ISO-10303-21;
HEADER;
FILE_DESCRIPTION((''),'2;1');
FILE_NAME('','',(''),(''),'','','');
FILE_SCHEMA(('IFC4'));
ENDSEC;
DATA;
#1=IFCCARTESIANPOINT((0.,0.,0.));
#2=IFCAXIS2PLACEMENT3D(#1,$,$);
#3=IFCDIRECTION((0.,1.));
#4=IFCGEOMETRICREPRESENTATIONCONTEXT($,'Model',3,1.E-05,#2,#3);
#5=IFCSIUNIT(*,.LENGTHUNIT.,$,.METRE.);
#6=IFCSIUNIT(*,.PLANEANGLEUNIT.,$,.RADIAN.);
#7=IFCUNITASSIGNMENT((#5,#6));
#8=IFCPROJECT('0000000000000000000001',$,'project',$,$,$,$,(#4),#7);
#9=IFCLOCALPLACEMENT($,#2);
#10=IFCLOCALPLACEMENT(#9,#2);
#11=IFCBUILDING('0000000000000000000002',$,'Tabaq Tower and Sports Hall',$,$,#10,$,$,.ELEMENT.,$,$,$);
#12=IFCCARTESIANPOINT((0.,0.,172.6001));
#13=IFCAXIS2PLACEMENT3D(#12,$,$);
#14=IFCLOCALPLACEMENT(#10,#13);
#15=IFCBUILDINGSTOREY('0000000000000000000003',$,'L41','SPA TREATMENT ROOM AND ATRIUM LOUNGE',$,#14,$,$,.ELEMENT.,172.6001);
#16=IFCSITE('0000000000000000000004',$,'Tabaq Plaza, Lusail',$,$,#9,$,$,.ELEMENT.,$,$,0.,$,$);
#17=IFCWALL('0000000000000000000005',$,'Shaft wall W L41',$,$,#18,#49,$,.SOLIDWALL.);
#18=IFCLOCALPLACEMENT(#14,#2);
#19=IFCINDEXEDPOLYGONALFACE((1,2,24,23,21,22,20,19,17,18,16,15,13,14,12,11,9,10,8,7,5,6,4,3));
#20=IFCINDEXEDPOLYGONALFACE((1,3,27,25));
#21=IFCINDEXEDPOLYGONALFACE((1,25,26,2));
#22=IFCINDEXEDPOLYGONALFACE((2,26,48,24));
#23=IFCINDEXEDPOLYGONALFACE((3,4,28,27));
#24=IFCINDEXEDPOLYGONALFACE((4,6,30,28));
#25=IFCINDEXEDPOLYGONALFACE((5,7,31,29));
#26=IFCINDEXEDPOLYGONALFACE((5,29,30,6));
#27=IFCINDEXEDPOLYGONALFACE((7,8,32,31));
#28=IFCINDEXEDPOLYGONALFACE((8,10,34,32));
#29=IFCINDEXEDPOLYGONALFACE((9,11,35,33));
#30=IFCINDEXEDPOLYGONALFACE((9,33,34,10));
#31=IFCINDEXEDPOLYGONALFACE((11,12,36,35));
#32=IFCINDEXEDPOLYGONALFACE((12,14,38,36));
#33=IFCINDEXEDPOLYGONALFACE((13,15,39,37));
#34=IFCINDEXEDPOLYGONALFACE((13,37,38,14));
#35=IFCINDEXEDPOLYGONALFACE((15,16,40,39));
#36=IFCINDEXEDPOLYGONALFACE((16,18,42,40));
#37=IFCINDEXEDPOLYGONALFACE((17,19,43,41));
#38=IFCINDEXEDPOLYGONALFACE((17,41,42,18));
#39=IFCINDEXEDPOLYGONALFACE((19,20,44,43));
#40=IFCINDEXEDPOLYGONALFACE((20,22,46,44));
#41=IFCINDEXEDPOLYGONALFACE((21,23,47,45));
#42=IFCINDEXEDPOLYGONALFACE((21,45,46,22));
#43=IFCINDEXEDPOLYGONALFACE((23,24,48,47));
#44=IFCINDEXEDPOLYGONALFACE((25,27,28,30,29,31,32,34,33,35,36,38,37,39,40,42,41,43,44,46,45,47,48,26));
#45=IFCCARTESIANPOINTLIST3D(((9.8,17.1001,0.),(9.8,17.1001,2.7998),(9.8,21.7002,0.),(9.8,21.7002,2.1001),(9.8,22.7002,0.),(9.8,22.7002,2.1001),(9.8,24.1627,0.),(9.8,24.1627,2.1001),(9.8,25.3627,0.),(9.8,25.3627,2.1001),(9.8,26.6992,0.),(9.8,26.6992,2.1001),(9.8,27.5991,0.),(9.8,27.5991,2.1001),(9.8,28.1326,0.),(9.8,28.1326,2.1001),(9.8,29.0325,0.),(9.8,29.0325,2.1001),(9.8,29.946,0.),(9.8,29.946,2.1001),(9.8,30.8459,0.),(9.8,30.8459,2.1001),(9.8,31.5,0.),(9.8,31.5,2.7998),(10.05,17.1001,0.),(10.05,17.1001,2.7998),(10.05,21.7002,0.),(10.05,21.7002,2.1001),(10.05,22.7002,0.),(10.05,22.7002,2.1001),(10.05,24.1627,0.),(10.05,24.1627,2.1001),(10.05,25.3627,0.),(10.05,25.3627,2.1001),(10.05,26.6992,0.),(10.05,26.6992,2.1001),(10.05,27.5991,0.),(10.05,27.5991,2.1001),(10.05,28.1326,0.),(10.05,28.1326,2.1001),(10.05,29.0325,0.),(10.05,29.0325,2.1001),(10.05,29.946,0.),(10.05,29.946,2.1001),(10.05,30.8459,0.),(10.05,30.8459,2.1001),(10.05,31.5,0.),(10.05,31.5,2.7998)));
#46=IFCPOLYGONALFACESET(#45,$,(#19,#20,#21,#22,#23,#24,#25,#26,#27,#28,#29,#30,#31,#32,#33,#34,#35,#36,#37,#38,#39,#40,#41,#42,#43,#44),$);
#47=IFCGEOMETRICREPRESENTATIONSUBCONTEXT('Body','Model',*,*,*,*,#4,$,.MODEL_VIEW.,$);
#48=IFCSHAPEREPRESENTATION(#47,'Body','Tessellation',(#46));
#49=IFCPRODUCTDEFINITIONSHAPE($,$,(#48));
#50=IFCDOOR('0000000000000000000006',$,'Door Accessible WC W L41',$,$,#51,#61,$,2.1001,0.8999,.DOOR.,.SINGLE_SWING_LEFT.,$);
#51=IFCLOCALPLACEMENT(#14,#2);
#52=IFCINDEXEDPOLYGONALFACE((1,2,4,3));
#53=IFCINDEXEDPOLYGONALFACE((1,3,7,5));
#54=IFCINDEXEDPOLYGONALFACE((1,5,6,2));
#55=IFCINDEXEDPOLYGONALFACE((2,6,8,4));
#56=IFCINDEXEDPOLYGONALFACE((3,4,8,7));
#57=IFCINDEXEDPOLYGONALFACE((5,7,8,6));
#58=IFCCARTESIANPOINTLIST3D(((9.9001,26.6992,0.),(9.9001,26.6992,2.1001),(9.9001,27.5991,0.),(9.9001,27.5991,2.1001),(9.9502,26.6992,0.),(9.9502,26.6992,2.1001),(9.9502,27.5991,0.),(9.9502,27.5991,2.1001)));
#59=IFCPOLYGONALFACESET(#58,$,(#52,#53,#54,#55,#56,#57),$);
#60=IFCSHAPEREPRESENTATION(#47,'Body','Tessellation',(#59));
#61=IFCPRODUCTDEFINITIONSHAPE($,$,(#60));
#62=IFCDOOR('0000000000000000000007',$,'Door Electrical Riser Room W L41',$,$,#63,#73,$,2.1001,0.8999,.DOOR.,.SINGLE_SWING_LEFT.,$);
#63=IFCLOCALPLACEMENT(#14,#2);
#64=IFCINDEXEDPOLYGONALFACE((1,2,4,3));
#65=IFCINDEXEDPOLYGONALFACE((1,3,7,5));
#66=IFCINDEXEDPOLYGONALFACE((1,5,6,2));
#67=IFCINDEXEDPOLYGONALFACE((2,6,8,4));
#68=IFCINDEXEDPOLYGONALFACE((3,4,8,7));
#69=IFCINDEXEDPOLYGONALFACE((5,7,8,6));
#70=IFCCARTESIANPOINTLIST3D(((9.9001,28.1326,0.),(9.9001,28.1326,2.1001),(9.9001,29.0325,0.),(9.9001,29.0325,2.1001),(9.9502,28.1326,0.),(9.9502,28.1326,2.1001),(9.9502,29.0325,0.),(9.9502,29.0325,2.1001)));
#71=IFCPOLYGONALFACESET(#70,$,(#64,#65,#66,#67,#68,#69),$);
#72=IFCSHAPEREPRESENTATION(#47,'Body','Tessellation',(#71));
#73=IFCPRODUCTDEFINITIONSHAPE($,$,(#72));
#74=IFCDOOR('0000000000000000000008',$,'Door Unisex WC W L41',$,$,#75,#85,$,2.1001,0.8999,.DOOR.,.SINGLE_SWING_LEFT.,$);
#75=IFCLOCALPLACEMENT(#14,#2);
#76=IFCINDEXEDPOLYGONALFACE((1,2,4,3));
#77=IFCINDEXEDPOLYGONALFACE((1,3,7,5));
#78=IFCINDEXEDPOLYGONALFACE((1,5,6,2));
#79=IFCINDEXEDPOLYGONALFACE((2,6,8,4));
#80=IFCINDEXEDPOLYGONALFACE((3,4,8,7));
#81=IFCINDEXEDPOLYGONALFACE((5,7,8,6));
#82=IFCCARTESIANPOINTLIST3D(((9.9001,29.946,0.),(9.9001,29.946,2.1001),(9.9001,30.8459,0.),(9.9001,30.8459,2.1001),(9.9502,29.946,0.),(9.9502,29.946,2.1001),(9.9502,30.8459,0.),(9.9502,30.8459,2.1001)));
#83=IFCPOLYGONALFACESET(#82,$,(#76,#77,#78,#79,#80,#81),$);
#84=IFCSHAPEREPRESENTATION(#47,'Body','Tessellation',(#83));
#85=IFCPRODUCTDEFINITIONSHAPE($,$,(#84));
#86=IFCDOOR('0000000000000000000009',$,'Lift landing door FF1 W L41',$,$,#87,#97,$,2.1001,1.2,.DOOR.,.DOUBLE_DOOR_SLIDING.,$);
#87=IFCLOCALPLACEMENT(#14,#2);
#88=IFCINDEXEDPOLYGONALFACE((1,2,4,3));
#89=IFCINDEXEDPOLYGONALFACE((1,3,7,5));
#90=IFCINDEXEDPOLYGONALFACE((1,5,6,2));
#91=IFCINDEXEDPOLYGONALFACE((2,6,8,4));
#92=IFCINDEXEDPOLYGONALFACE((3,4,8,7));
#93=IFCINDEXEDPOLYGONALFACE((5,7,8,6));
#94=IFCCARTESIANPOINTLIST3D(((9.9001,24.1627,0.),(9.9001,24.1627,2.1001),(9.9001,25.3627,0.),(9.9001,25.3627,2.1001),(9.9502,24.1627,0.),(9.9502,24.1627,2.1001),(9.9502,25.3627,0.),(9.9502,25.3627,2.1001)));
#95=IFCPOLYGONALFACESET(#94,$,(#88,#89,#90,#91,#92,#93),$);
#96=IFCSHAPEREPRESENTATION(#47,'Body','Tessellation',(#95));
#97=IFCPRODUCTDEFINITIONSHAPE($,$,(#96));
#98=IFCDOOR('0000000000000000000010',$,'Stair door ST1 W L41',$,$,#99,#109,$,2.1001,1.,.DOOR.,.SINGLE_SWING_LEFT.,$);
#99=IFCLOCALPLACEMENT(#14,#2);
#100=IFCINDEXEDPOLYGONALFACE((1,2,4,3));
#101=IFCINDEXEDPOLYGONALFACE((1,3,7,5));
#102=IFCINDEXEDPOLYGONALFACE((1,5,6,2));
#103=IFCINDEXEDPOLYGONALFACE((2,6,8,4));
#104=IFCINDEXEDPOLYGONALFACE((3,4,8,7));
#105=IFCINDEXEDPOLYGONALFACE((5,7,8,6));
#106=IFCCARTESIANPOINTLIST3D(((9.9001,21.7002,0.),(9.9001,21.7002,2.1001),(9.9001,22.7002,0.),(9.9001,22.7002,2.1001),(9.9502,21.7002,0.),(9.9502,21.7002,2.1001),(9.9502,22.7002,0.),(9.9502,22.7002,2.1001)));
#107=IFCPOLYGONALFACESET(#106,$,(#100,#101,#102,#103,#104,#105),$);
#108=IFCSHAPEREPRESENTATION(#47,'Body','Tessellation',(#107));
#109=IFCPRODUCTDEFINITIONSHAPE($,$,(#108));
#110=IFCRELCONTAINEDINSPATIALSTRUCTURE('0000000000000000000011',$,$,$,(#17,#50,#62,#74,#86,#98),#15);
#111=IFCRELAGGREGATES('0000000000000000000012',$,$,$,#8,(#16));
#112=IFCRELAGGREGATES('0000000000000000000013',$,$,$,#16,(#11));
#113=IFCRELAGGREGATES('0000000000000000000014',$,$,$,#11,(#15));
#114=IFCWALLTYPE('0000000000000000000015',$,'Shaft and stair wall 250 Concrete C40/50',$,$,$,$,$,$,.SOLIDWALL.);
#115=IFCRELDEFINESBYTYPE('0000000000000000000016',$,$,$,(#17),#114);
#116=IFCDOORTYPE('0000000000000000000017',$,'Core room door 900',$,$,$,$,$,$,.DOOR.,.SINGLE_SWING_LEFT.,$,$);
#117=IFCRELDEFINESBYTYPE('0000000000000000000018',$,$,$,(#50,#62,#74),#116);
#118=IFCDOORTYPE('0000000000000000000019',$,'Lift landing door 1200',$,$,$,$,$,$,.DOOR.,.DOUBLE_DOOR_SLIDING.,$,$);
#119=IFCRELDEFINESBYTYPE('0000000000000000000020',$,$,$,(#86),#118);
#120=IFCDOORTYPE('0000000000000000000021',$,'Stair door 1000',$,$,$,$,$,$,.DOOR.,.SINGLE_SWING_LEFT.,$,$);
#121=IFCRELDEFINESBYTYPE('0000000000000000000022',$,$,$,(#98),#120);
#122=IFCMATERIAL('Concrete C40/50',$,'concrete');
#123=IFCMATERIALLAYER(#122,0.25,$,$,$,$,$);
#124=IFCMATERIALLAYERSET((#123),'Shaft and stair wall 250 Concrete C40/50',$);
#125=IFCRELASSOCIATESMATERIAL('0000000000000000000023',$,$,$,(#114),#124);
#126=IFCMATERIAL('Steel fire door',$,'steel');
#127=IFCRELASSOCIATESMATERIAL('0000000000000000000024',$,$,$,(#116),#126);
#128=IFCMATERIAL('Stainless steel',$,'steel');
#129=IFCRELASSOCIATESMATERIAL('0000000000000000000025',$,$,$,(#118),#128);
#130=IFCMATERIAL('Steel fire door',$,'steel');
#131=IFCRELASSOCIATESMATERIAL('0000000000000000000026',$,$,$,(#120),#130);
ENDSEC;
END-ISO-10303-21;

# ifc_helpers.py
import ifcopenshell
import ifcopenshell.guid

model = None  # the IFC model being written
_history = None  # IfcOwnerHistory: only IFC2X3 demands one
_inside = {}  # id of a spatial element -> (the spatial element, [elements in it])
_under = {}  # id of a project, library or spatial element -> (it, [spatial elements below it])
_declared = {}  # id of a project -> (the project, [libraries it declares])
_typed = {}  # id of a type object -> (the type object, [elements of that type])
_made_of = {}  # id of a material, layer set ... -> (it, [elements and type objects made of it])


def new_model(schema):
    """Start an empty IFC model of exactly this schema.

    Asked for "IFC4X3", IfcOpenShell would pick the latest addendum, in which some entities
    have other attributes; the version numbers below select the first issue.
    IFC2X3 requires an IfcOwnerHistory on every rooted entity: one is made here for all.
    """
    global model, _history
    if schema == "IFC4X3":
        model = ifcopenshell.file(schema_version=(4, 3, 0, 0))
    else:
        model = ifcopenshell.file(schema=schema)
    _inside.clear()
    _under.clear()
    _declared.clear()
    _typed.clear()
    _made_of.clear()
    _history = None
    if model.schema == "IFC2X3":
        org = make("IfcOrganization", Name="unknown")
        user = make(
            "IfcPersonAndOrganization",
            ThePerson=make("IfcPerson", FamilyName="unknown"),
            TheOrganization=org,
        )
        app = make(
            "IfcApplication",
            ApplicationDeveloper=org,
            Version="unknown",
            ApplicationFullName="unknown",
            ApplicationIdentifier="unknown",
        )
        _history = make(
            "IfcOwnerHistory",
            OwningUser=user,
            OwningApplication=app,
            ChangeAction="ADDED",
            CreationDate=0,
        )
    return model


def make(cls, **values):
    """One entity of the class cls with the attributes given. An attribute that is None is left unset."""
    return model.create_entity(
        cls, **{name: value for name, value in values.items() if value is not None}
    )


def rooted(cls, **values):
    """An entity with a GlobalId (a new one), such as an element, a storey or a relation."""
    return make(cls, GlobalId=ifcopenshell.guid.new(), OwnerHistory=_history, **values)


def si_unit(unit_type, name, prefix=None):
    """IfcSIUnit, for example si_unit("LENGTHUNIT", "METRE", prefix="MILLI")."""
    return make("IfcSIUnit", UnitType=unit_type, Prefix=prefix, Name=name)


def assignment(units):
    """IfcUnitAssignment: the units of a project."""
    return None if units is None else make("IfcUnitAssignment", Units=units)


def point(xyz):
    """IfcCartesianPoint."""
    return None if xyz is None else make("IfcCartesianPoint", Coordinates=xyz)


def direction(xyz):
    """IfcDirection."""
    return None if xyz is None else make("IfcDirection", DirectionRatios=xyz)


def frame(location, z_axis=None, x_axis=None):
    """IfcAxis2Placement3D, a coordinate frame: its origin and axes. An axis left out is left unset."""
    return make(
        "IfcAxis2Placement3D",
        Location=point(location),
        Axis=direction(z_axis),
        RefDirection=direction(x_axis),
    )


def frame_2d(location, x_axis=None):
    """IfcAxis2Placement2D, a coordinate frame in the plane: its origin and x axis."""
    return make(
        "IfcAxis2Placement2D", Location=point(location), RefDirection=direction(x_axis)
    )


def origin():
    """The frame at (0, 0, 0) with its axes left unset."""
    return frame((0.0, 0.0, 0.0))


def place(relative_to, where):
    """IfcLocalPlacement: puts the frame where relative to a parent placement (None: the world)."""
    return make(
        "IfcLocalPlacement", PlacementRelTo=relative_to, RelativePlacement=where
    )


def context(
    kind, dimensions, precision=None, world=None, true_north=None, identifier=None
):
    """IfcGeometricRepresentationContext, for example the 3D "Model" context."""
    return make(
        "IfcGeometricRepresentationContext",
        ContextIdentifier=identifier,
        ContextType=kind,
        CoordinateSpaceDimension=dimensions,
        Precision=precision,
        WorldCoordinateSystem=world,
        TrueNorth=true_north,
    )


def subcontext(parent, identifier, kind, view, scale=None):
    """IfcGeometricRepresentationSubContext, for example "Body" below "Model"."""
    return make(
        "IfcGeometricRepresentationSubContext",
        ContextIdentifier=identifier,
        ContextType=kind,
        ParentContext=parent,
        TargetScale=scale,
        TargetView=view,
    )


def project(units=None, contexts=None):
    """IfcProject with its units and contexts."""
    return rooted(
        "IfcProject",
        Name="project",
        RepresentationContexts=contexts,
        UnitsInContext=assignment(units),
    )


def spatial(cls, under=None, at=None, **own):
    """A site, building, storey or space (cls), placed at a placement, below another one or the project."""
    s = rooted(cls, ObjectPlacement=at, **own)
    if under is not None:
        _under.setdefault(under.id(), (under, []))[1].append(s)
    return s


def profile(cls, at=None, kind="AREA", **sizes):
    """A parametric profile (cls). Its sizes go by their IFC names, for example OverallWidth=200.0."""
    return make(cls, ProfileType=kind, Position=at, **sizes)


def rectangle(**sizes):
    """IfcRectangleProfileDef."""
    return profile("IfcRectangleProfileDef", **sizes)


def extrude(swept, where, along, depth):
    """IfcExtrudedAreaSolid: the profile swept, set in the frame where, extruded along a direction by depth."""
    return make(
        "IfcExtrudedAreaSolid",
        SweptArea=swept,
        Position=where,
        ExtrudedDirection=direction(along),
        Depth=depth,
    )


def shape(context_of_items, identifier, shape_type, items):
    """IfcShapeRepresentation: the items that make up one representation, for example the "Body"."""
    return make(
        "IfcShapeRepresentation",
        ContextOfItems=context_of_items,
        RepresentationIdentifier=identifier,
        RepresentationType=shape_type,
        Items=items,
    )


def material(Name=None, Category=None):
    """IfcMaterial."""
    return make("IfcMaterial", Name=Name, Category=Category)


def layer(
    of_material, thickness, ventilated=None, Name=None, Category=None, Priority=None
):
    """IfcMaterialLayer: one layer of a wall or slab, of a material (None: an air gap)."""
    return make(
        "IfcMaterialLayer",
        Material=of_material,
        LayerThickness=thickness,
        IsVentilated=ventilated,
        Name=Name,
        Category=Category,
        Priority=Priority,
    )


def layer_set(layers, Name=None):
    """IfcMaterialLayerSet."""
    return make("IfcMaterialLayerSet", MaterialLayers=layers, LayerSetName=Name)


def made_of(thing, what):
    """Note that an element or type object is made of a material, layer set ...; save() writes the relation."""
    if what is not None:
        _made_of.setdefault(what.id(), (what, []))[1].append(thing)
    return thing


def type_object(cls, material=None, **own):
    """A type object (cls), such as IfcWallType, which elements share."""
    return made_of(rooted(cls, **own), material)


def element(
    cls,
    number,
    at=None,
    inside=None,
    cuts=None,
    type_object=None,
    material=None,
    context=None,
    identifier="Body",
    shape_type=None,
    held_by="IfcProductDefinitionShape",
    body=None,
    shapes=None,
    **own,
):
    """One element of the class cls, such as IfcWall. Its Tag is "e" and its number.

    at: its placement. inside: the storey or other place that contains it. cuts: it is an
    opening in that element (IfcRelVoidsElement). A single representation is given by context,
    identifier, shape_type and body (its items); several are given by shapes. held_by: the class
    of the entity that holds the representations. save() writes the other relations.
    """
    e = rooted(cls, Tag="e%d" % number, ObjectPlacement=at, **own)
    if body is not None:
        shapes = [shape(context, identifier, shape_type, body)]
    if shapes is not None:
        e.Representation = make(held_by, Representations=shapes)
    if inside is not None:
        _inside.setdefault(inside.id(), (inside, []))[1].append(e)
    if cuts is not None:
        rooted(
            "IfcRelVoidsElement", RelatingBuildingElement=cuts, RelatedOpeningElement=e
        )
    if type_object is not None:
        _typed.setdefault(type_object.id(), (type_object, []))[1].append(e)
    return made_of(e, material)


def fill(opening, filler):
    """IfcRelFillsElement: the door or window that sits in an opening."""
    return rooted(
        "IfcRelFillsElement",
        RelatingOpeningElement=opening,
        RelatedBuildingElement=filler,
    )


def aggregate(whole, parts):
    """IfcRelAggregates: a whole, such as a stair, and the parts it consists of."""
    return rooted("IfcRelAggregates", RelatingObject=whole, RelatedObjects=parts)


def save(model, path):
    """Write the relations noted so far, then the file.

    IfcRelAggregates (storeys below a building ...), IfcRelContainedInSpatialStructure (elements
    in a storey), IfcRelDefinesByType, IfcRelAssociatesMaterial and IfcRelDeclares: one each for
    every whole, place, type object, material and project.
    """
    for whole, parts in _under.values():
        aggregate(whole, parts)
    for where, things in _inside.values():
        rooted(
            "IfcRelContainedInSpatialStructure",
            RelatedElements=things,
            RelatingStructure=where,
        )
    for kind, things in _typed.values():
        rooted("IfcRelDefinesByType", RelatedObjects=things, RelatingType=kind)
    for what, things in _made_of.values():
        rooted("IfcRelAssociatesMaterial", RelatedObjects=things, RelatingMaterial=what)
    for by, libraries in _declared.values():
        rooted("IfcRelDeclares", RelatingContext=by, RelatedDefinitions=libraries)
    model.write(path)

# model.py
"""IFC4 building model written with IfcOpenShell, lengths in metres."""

from ifc_helpers import new_model, si_unit, direction, frame, frame_2d, origin, place, context, subcontext, project, spatial, rectangle, extrude, material, layer, layer_set, type_object, element, fill, save


model = new_model("IFC4")

# Units and contexts
model_context = context("Model", 3, precision=1e-05, world=origin(), true_north=direction((0.0, 1.0)))
body_context = subcontext(model_context, "Body", "Model", "MODEL_VIEW")
ifc_project = project(units=[si_unit("LENGTHUNIT", "METRE"), si_unit("PLANEANGLEUNIT", "RADIAN")], contexts=[model_context])

# Site, building, storey
site_placement = place(None, origin())
site = spatial("IfcSite", under=ifc_project, at=site_placement, Name="Tabaq Plaza, Lusail", CompositionType="ELEMENT", RefElevation=0.0)
building_placement = place(site_placement, origin())
building = spatial("IfcBuilding", under=site, at=building_placement, Name="Tabaq Tower and Sports Hall", CompositionType="ELEMENT")
storey_placement = place(building_placement, frame((0.0, 0.0, 172.6001)))
storey = spatial("IfcBuildingStorey", under=building, at=storey_placement, Name="L41", Description="SPA TREATMENT ROOM AND ATRIUM LOUNGE", CompositionType="ELEMENT", Elevation=172.6001)

# Wall, openings, doors
ifc_material_1 = material(Name="Concrete C40/50", Category="concrete")
ifc_layer = layer(ifc_material_1, 0.25)
ifc_layer_set = layer_set([ifc_layer], Name="Shaft and stair wall 250 Concrete C40/50")
wall_type = type_object("IfcWallType", Name="Shaft and stair wall 250 Concrete C40/50", PredefinedType="SOLIDWALL", material=ifc_layer_set)
wall_1_placement = place(storey_placement, frame((9.925, 17.1001, 0.0), z_axis=(0.0, 0.0, 1.0), x_axis=(0.0, 1.0, 0.0)))
wall_1 = element("IfcWall", 1, at=wall_1_placement, inside=storey, type_object=wall_type, Name="Shaft wall W L41", PredefinedType="SOLIDWALL", context=body_context, shape_type="SweptSolid", body=[
    extrude(rectangle(XDim=14.3999, YDim=0.25, at=frame_2d((7.2, 0.0))), origin(), (0.0, 0.0, 1.0), 2.7998),
])
opening_1_placement = place(wall_1_placement, frame((4.6001, 0.0, 0.0)))
opening_1 = element("IfcOpeningElement", 2, at=opening_1_placement, cuts=wall_1, PredefinedType="OPENING", context=body_context, shape_type="SweptSolid", body=[
    extrude(rectangle(XDim=1.0, YDim=2.1001, at=frame_2d((0.5, 1.05))), frame((0.0, 0.125, 0.0), z_axis=(0.0, -1.0, 0.0), x_axis=(1.0, 0.0, 0.0)), (0.0, 0.0, 1.0), 0.25),
])
opening_2_placement = place(wall_1_placement, frame((7.0625, 0.0, 0.0)))
opening_2 = element("IfcOpeningElement", 3, at=opening_2_placement, cuts=wall_1, PredefinedType="OPENING", context=body_context, shape_type="SweptSolid", body=[
    extrude(rectangle(XDim=1.2, YDim=2.1001, at=frame_2d((0.6001, 1.05))), frame((0.0, 0.125, 0.0), z_axis=(0.0, -1.0, 0.0), x_axis=(1.0, 0.0, 0.0)), (0.0, 0.0, 1.0), 0.25),
])
opening_3_placement = place(wall_1_placement, frame((9.5991, 0.0, 0.0)))
opening_3 = element("IfcOpeningElement", 4, at=opening_3_placement, cuts=wall_1, PredefinedType="OPENING", context=body_context, shape_type="SweptSolid", body=[
    extrude(rectangle(XDim=0.8999, YDim=2.1001, at=frame_2d((0.45, 1.05))), frame((0.0, 0.125, 0.0), z_axis=(0.0, -1.0, 0.0), x_axis=(1.0, 0.0, 0.0)), (0.0, 0.0, 1.0), 0.25),
])
opening_4_placement = place(wall_1_placement, frame((11.0325, 0.0, 0.0)))
opening_4 = element("IfcOpeningElement", 5, at=opening_4_placement, cuts=wall_1, PredefinedType="OPENING", context=body_context, shape_type="SweptSolid", body=[
    extrude(rectangle(XDim=0.8999, YDim=2.1001, at=frame_2d((0.45, 1.05))), frame((0.0, 0.125, 0.0), z_axis=(0.0, -1.0, 0.0), x_axis=(1.0, 0.0, 0.0)), (0.0, 0.0, 1.0), 0.25),
])
opening_5_placement = place(wall_1_placement, frame((12.8459, 0.0, 0.0)))
opening_5 = element("IfcOpeningElement", 6, at=opening_5_placement, cuts=wall_1, PredefinedType="OPENING", context=body_context, shape_type="SweptSolid", body=[
    extrude(rectangle(XDim=0.8999, YDim=2.1001, at=frame_2d((0.45, 1.05))), frame((0.0, 0.125, 0.0), z_axis=(0.0, -1.0, 0.0), x_axis=(1.0, 0.0, 0.0)), (0.0, 0.0, 1.0), 0.25),
])
ifc_material_2 = material(Name="Steel fire door", Category="steel")
door_type_1 = type_object("IfcDoorType", Name="Core room door 900", OperationType="SINGLE_SWING_LEFT", PredefinedType="DOOR", material=ifc_material_2)
door_1_placement = place(opening_3_placement, origin())
door_1 = element("IfcDoor", 7, at=door_1_placement, inside=storey, type_object=door_type_1, Name="Door Accessible WC W L41", OperationType="SINGLE_SWING_LEFT", OverallHeight=2.1001, OverallWidth=0.8999, PredefinedType="DOOR", context=body_context, shape_type="SweptSolid", body=[
    extrude(rectangle(XDim=0.8999, YDim=2.1001, at=frame_2d((0.45, 1.05))), frame((0.0, 0.0249, 0.0), z_axis=(0.0, -1.0, 0.0), x_axis=(1.0, 0.0, 0.0)), (0.0, 0.0, 1.0), 0.05),
])
fill(opening_3, door_1)
door_2_placement = place(opening_4_placement, origin())
door_2 = element("IfcDoor", 8, at=door_2_placement, inside=storey, type_object=door_type_1, Name="Door Electrical Riser Room W L41", OperationType="SINGLE_SWING_LEFT", OverallHeight=2.1001, OverallWidth=0.8999, PredefinedType="DOOR", context=body_context, shape_type="SweptSolid", body=[
    extrude(rectangle(XDim=0.8999, YDim=2.1001, at=frame_2d((0.45, 1.05))), frame((0.0, 0.0249, 0.0), z_axis=(0.0, -1.0, 0.0), x_axis=(1.0, 0.0, 0.0)), (0.0, 0.0, 1.0), 0.05),
])
fill(opening_4, door_2)
door_3_placement = place(opening_5_placement, origin())
door_3 = element("IfcDoor", 9, at=door_3_placement, inside=storey, type_object=door_type_1, Name="Door Unisex WC W L41", OperationType="SINGLE_SWING_LEFT", OverallHeight=2.1001, OverallWidth=0.8999, PredefinedType="DOOR", context=body_context, shape_type="SweptSolid", body=[
    extrude(rectangle(XDim=0.8999, YDim=2.1001, at=frame_2d((0.45, 1.05))), frame((0.0, 0.0249, 0.0), z_axis=(0.0, -1.0, 0.0), x_axis=(1.0, 0.0, 0.0)), (0.0, 0.0, 1.0), 0.05),
])
fill(opening_5, door_3)
ifc_material_3 = material(Name="Stainless steel", Category="steel")
door_type_2 = type_object("IfcDoorType", Name="Lift landing door 1200", OperationType="DOUBLE_DOOR_SLIDING", PredefinedType="DOOR", material=ifc_material_3)
door_4_placement = place(opening_2_placement, origin())
door_4 = element("IfcDoor", 10, at=door_4_placement, inside=storey, type_object=door_type_2, Name="Lift landing door FF1 W L41", OperationType="DOUBLE_DOOR_SLIDING", OverallHeight=2.1001, OverallWidth=1.2, PredefinedType="DOOR", context=body_context, shape_type="SweptSolid", body=[
    extrude(rectangle(XDim=1.2, YDim=2.1001, at=frame_2d((0.6001, 1.05))), frame((0.0, 0.0249, 0.0), z_axis=(0.0, -1.0, 0.0), x_axis=(1.0, 0.0, 0.0)), (0.0, 0.0, 1.0), 0.05),
])
fill(opening_2, door_4)
ifc_material_4 = material(Name="Steel fire door", Category="steel")
door_type_3 = type_object("IfcDoorType", Name="Stair door 1000", OperationType="SINGLE_SWING_LEFT", PredefinedType="DOOR", material=ifc_material_4)
door_5_placement = place(opening_1_placement, origin())
door_5 = element("IfcDoor", 11, at=door_5_placement, inside=storey, type_object=door_type_3, Name="Stair door ST1 W L41", OperationType="SINGLE_SWING_LEFT", OverallHeight=2.1001, OverallWidth=1.0, PredefinedType="DOOR", context=body_context, shape_type="SweptSolid", body=[
    extrude(rectangle(XDim=1.0, YDim=2.1001, at=frame_2d((0.5, 1.05))), frame((0.0, 0.0249, 0.0), z_axis=(0.0, -1.0, 0.0), x_axis=(1.0, 0.0, 0.0)), (0.0, 0.0, 1.0), 0.05),
])
fill(opening_1, door_5)

save(model, "model.ifc")
